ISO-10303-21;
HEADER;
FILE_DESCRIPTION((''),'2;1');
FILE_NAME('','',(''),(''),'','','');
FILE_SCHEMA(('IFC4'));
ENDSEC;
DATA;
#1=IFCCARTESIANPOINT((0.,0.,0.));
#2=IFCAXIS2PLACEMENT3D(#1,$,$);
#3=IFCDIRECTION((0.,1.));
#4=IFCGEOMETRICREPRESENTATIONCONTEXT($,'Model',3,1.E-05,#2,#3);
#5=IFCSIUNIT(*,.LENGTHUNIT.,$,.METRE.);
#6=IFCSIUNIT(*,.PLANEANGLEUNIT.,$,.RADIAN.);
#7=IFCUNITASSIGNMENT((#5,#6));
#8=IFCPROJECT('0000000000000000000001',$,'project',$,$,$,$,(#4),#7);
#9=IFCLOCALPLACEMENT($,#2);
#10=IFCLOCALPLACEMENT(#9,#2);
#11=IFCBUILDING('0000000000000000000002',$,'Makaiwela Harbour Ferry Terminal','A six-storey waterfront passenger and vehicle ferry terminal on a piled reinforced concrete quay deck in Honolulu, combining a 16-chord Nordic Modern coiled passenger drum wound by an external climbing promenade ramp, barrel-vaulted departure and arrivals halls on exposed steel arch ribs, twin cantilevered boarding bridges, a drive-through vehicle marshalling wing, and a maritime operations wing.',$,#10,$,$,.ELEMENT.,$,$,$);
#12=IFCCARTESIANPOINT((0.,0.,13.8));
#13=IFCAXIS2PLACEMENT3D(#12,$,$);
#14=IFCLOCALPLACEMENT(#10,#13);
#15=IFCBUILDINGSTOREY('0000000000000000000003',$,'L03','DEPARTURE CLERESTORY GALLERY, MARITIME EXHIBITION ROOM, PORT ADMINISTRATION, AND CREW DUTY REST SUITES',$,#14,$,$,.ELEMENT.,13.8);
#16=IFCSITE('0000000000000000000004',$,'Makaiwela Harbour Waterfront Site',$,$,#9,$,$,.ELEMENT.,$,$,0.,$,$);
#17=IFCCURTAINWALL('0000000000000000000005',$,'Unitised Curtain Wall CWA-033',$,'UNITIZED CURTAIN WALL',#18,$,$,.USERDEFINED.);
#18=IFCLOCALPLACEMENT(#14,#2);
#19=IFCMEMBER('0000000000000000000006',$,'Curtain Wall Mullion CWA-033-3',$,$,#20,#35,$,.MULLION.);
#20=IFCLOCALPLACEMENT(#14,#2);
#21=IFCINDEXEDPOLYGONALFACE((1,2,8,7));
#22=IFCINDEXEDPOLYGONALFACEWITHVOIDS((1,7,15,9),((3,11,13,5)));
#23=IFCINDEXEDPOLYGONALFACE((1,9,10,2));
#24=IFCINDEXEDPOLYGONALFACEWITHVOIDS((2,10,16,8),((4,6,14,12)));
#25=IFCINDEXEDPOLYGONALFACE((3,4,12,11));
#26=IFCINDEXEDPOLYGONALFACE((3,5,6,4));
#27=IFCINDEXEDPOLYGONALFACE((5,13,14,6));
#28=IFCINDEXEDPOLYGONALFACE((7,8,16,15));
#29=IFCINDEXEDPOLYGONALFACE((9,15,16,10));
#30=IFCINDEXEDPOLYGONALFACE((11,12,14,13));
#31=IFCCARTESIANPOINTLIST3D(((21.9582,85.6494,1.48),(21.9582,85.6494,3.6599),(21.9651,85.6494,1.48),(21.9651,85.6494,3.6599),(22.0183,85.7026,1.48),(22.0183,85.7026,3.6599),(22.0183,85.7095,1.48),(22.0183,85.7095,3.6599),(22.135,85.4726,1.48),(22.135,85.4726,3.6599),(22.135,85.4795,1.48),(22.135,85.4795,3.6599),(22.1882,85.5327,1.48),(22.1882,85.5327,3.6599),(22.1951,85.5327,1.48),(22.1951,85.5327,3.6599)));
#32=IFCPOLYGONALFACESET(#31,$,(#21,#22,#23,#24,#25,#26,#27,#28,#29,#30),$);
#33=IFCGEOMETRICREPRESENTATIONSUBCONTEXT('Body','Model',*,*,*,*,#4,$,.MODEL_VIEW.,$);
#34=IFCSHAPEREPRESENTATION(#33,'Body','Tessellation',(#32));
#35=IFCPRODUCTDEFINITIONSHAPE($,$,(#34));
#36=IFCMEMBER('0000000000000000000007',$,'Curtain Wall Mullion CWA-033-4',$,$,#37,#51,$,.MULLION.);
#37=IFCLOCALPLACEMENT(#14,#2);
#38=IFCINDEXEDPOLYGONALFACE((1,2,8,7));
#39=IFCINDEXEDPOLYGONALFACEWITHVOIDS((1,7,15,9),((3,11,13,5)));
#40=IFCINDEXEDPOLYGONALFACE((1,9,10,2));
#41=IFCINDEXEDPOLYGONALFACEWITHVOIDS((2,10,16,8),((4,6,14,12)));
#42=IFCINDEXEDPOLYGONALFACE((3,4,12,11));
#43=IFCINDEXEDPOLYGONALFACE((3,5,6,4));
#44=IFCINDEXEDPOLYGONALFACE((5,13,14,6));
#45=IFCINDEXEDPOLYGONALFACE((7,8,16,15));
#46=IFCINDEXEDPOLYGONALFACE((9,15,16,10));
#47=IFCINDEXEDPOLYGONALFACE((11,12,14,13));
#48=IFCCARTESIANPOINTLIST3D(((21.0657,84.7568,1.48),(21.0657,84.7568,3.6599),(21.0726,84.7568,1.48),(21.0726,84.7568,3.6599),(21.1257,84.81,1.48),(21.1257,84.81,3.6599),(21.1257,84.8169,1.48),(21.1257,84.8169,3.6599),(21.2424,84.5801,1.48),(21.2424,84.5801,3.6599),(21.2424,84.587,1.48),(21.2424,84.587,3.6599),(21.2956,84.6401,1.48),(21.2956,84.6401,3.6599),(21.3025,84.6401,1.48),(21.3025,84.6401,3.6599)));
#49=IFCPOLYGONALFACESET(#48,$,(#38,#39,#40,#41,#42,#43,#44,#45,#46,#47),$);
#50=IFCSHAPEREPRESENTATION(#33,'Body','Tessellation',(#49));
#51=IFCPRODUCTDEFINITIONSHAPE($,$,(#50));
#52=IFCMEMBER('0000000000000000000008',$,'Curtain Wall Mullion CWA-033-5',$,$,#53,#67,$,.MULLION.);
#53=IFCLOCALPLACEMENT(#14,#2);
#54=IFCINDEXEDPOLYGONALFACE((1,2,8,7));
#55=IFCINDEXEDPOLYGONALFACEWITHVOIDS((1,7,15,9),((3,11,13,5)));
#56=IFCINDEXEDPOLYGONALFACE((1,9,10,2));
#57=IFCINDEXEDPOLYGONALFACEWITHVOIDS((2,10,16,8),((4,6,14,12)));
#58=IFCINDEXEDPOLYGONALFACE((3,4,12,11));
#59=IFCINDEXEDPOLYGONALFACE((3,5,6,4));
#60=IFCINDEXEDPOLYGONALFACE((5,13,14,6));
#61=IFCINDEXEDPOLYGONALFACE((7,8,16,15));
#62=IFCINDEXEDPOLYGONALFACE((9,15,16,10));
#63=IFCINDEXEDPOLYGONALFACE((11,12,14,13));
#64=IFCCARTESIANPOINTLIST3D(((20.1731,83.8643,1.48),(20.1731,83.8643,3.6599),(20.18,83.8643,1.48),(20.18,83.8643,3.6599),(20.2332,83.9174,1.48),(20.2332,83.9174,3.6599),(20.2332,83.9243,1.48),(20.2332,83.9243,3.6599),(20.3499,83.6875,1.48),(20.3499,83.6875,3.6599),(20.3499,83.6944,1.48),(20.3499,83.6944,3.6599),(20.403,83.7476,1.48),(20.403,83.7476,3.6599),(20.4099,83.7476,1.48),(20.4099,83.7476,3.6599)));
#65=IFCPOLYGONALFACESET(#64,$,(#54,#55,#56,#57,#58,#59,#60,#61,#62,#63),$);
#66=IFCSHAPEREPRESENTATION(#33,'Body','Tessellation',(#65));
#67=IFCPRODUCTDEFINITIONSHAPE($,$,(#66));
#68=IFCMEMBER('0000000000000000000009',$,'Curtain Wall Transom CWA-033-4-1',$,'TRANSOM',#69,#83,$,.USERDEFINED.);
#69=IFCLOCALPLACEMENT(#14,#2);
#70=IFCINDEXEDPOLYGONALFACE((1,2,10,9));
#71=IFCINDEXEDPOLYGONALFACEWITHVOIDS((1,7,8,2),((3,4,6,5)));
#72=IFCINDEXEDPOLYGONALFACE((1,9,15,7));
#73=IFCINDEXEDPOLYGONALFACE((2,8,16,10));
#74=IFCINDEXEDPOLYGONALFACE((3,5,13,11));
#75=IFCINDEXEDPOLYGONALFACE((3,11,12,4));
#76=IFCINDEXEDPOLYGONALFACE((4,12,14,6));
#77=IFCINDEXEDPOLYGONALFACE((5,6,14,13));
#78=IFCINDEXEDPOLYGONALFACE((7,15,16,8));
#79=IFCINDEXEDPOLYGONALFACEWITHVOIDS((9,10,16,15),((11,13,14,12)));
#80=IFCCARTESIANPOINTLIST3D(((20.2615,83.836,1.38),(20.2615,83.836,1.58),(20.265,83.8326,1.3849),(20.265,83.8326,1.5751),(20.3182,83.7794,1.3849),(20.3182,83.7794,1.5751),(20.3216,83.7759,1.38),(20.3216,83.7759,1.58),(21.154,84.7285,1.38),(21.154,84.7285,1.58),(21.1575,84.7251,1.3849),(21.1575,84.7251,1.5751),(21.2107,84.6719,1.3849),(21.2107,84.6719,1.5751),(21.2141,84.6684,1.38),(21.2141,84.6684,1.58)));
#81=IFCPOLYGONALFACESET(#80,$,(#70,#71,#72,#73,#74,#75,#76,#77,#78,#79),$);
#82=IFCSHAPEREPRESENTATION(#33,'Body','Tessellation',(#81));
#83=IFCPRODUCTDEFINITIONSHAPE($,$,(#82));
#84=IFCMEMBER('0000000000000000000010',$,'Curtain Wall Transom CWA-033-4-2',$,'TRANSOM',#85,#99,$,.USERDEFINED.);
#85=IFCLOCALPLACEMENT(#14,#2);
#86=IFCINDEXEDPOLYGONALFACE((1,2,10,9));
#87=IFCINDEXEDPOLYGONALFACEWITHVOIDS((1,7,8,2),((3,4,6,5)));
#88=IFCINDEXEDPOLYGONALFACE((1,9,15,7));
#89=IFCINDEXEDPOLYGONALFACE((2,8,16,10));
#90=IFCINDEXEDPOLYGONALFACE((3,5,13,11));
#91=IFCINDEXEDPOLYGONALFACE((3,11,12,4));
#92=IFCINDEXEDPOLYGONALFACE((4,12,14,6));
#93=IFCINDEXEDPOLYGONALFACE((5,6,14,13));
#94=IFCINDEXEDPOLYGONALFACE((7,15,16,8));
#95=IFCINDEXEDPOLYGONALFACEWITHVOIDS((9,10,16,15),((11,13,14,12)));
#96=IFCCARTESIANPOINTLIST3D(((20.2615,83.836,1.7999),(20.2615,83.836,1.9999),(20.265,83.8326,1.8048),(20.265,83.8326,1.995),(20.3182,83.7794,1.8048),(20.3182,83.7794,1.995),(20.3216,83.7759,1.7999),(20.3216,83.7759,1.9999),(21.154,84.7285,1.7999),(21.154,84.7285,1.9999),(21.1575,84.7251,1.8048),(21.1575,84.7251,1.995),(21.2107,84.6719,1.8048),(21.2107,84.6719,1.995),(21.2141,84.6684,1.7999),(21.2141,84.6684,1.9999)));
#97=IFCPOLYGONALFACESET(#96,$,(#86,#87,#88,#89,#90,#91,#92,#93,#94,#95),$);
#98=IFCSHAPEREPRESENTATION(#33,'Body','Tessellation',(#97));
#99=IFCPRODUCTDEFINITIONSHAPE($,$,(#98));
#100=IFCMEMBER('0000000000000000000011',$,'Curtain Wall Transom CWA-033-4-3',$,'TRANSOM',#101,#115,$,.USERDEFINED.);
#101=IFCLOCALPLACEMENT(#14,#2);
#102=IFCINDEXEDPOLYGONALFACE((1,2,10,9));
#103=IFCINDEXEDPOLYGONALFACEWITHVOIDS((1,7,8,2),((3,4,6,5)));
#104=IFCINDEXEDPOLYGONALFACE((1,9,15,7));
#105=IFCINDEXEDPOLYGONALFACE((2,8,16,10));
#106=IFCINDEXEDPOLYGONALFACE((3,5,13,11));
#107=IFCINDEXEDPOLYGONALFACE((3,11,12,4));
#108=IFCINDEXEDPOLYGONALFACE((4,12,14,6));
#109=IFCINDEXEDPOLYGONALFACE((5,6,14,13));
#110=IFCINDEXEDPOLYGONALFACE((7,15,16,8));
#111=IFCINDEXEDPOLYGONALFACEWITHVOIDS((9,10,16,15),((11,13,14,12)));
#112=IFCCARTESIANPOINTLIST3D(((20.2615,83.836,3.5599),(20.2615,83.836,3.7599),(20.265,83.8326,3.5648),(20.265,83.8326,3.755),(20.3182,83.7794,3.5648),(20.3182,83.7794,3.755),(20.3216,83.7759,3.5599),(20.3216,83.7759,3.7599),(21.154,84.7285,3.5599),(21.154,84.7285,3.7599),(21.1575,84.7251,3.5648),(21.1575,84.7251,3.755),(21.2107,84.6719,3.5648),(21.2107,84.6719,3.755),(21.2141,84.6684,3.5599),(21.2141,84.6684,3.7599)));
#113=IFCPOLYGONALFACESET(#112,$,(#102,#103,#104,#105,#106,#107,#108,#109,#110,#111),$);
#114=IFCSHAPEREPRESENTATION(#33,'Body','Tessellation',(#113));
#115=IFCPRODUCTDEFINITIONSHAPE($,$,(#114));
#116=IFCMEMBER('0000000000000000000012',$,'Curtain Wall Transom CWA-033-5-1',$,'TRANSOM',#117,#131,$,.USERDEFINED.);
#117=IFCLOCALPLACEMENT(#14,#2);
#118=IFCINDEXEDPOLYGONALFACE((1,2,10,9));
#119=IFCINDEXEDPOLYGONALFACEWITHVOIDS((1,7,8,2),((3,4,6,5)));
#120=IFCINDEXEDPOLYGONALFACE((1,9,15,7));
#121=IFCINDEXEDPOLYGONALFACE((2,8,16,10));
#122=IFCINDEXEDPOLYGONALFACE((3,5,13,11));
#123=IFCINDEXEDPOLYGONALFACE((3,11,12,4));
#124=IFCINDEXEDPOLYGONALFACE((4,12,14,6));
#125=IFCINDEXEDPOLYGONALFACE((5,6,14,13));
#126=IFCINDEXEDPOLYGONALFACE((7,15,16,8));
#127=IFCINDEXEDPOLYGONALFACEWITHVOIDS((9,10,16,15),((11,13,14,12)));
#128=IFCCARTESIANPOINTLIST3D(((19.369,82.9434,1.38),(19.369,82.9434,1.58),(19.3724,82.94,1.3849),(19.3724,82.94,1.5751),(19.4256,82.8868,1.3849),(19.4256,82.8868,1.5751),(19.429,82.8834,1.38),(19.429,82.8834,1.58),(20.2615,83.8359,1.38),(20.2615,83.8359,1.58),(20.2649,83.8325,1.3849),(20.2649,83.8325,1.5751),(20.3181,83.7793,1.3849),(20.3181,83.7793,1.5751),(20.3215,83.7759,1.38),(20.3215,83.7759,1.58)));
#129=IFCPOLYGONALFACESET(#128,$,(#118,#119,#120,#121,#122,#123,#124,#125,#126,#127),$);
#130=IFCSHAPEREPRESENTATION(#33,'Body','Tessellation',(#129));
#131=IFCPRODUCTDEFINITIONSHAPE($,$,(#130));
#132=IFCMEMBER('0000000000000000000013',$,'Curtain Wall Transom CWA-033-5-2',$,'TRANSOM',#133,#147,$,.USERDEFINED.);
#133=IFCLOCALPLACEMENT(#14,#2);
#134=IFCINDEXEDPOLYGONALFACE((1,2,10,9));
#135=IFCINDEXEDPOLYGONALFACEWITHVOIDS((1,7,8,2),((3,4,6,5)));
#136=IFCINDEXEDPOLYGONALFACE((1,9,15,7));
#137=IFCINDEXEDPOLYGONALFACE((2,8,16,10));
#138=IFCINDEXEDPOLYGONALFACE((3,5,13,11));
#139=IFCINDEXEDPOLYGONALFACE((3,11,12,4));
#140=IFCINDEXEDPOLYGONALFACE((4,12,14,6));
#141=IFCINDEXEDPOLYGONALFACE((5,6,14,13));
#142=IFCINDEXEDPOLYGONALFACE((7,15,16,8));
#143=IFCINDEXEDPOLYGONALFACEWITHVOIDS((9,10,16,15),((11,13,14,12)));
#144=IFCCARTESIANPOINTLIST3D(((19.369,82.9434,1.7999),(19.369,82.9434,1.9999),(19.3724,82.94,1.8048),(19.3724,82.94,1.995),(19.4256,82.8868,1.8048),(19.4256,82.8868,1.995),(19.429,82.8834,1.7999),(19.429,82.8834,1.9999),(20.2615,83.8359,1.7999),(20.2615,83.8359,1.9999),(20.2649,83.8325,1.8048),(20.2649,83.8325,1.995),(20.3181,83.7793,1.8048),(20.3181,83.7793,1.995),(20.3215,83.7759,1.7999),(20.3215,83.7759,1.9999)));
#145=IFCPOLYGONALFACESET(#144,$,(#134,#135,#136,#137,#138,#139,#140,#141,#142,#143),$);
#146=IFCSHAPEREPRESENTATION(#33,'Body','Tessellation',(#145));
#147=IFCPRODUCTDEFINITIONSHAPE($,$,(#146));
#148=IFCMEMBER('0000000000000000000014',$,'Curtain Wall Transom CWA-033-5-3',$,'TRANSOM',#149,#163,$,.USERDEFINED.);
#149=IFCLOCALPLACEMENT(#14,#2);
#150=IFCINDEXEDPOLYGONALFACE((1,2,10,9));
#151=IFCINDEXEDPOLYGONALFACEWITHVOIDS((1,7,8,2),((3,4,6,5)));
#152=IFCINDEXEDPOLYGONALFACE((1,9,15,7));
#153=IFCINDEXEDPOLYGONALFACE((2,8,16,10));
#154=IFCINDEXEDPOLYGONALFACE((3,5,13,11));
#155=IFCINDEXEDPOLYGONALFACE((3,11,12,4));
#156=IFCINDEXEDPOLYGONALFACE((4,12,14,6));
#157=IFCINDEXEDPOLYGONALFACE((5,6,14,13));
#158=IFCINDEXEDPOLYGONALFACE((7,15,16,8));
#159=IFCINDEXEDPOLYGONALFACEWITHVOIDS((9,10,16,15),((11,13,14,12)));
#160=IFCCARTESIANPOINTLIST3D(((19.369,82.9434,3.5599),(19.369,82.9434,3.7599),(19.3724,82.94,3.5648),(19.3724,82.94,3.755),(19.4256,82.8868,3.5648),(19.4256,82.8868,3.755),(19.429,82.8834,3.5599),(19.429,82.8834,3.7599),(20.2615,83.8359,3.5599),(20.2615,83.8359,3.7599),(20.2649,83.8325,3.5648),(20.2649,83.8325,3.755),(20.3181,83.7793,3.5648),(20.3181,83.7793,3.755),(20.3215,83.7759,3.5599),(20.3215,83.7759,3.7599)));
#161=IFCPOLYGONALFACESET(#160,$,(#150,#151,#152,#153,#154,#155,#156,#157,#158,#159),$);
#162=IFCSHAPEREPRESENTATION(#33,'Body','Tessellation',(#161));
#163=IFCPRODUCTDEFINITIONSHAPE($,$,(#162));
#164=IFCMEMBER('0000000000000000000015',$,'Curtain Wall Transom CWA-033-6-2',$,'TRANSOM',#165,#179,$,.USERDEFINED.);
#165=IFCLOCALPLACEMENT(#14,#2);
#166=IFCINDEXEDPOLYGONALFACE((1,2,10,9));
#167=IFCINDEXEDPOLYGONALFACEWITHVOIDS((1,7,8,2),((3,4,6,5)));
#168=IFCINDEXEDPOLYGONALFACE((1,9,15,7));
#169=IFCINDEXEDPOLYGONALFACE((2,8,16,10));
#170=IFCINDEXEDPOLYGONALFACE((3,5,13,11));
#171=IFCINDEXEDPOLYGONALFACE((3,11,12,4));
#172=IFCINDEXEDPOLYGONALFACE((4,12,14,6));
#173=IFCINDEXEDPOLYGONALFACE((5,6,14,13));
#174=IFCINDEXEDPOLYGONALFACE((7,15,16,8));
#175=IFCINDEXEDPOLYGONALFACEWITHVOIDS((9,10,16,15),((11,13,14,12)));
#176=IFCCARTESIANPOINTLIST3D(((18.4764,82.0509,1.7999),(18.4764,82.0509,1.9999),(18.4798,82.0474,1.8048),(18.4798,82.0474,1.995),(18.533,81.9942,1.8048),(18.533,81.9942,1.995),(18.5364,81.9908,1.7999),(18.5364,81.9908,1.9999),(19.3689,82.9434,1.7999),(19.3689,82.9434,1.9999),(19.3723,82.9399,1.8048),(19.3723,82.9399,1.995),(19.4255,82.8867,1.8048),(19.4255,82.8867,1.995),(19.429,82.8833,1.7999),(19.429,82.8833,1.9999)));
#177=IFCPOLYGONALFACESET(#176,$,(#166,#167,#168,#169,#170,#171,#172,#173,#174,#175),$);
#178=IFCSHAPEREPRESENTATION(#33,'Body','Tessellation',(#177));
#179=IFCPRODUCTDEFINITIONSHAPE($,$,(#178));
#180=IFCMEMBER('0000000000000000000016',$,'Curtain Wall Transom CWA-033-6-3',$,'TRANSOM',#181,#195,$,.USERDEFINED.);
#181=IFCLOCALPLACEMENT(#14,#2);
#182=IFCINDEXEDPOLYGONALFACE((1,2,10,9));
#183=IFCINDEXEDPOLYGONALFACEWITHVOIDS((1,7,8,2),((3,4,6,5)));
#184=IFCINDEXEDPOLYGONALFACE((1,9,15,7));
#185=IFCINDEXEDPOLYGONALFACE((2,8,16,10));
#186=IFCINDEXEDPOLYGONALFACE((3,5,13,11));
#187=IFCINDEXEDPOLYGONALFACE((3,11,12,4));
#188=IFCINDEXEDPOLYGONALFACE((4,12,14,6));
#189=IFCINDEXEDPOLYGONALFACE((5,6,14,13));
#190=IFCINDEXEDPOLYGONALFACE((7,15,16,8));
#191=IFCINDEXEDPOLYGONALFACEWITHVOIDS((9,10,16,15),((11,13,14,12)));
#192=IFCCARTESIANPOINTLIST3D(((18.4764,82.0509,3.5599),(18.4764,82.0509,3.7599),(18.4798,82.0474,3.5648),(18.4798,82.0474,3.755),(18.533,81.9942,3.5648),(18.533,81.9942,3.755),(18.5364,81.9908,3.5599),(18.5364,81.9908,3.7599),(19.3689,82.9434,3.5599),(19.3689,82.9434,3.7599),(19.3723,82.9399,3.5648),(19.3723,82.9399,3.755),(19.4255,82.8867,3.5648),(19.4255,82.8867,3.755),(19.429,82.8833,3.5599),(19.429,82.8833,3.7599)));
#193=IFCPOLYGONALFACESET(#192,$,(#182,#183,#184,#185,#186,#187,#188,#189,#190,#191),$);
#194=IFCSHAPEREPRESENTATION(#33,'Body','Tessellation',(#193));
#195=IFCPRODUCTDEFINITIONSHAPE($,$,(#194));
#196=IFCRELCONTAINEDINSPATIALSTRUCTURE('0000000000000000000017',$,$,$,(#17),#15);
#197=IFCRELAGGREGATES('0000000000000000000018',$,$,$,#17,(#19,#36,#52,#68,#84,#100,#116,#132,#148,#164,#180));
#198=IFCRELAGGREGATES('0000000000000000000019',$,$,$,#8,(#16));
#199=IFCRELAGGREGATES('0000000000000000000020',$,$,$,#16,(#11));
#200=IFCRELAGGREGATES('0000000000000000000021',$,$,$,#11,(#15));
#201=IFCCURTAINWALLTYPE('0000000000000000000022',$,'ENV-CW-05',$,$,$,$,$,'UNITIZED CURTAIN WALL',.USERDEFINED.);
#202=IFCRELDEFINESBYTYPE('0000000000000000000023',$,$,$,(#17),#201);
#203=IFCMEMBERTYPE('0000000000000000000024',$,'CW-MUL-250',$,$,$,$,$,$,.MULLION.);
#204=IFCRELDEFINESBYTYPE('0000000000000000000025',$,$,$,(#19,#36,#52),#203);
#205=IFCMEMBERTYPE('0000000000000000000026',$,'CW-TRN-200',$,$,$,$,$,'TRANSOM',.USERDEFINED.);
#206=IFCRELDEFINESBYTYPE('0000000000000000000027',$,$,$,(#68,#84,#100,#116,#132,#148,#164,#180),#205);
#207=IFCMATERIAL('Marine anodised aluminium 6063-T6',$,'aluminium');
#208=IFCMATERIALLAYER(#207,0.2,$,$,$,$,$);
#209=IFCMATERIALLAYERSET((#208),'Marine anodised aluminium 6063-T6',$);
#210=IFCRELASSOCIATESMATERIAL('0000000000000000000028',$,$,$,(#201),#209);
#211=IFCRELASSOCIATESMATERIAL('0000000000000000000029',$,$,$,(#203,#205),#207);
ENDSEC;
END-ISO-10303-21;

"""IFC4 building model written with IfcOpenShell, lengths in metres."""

from ifc_helpers import new_model, si_unit, direction, frame, origin, origin_2d, place, context, subcontext, project, spatial, hollow_rectangle, extrude, material, layer, layer_set, material_profile, profile_set, type_object, element, aggregate, save


model = new_model("IFC4")

# Units and contexts
model_context = context("Model", 3, precision=1e-05, world=origin(), true_north=direction((0.0, 1.0)))
body_context = subcontext(model_context, "Body", "Model", "MODEL_VIEW")
ifc_project = project(units=[si_unit("LENGTHUNIT", "METRE"), si_unit("PLANEANGLEUNIT", "RADIAN")], contexts=[model_context])

# Site, building, storey
site_placement = place(None, origin())
site = spatial("IfcSite", under=ifc_project, at=site_placement, Name="Makaiwela Harbour Waterfront Site", CompositionType="ELEMENT", RefElevation=0.0)
building_placement = place(site_placement, origin())
building = spatial("IfcBuilding", under=site, at=building_placement, Name="Makaiwela Harbour Ferry Terminal", Description="A six-storey waterfront passenger and vehicle ferry terminal on a piled reinforced concrete quay deck in Honolulu, combining a 16-chord Nordic Modern coiled passenger drum wound by an external climbing promenade ramp, barrel-vaulted departure and arrivals halls on exposed steel arch ribs, twin cantilevered boarding bridges, a drive-through vehicle marshalling wing, and a maritime operations wing.", CompositionType="ELEMENT")
storey_placement = place(building_placement, frame((0.0, 0.0, 13.8)))
storey = spatial("IfcBuildingStorey", under=building, at=storey_placement, Name="L03", Description="DEPARTURE CLERESTORY GALLERY, MARITIME EXHIBITION ROOM, PORT ADMINISTRATION, AND CREW DUTY REST SUITES", CompositionType="ELEMENT", Elevation=13.8)

# Curtain wall, members
ifc_material_1 = material(Name="Marine anodised aluminium 6063-T6", Category="aluminium")
ifc_layer_1 = layer(ifc_material_1, 0.2)
ifc_layer_set_1 = layer_set([ifc_layer_1], Name="Marine anodised aluminium 6063-T6")
curtain_wall_type = type_object("IfcCurtainWallType", Name="ENV-CW-05", ElementType="UNITIZED CURTAIN WALL", PredefinedType="USERDEFINED", material=ifc_layer_set_1)
curtain_wall_placement = place(storey_placement, origin())
curtain_wall = element("IfcCurtainWall", 1, at=curtain_wall_placement, inside=storey, type_object=curtain_wall_type, Name="Unitised Curtain Wall CWA-033", ObjectType="UNITIZED CURTAIN WALL", PredefinedType="USERDEFINED")
ifc_material_profile_1 = material_profile(ifc_material_1, hollow_rectangle(XDim=0.085, YDim=0.25, WallThickness=0.0049, at=origin_2d()), Name="CWM-250X85")
ifc_profile_set_1 = profile_set([ifc_material_profile_1], Name="Marine anodised aluminium 6063-T6")
member_type_1 = type_object("IfcMemberType", Name="CW-MUL-250", PredefinedType="MULLION", material=ifc_profile_set_1)
member_1_placement = place(storey_placement, frame((22.0767, 85.5911, 1.48), z_axis=(0.0, 0.0, 1.0), x_axis=(0.707107, 0.707107, 0.0)))
member_1 = element("IfcMember", 2, at=member_1_placement, type_object=member_type_1, Name="Curtain Wall Mullion CWA-033-3", PredefinedType="MULLION", context=body_context, shape_type="SweptSolid", body=[
    extrude(hollow_rectangle(XDim=0.085, YDim=0.25, WallThickness=0.0049, at=origin_2d()), origin(), (0.0, 0.0, 1.0), 2.1799),
])
member_2_placement = place(storey_placement, frame((21.1841, 84.6985, 1.48), z_axis=(0.0, 0.0, 1.0), x_axis=(0.707107, 0.707107, 0.0)))
member_2 = element("IfcMember", 3, at=member_2_placement, type_object=member_type_1, Name="Curtain Wall Mullion CWA-033-4", PredefinedType="MULLION", context=body_context, shape_type="SweptSolid", body=[
    extrude(hollow_rectangle(XDim=0.085, YDim=0.25, WallThickness=0.0049, at=origin_2d()), origin(), (0.0, 0.0, 1.0), 2.1799),
])
member_3_placement = place(storey_placement, frame((20.2915, 83.8059, 1.48), z_axis=(0.0, 0.0, 1.0), x_axis=(0.707107, 0.707107, 0.0)))
member_3 = element("IfcMember", 4, at=member_3_placement, type_object=member_type_1, Name="Curtain Wall Mullion CWA-033-5", PredefinedType="MULLION", context=body_context, shape_type="SweptSolid", body=[
    extrude(hollow_rectangle(XDim=0.085, YDim=0.25, WallThickness=0.0049, at=origin_2d()), origin(), (0.0, 0.0, 1.0), 2.1799),
])
ifc_material_profile_2 = material_profile(ifc_material_1, hollow_rectangle(XDim=0.085, YDim=0.2, WallThickness=0.0049, at=origin_2d()), Name="CWT-200X85")
ifc_profile_set_2 = profile_set([ifc_material_profile_2], Name="Marine anodised aluminium 6063-T6")
member_type_2 = type_object("IfcMemberType", Name="CW-TRN-200", ElementType="TRANSOM", PredefinedType="USERDEFINED", material=ifc_profile_set_2)
member_4_placement = place(storey_placement, frame((21.1841, 84.6985, 1.48), z_axis=(-0.707107, -0.707107, 0.0), x_axis=(0.707107, -0.707107, 0.0)))
member_4 = element("IfcMember", 5, at=member_4_placement, type_object=member_type_2, Name="Curtain Wall Transom CWA-033-4-1", ObjectType="TRANSOM", PredefinedType="USERDEFINED", context=body_context, shape_type="SweptSolid", body=[
    extrude(hollow_rectangle(XDim=0.085, YDim=0.2, WallThickness=0.0049, at=origin_2d()), origin(), (0.0, 0.0, 1.0), 1.2622),
])
member_5_placement = place(storey_placement, frame((21.1841, 84.6985, 1.8999), z_axis=(-0.707107, -0.707107, 0.0), x_axis=(0.707107, -0.707107, 0.0)))
member_5 = element("IfcMember", 6, at=member_5_placement, type_object=member_type_2, Name="Curtain Wall Transom CWA-033-4-2", ObjectType="TRANSOM", PredefinedType="USERDEFINED", context=body_context, shape_type="SweptSolid", body=[
    extrude(hollow_rectangle(XDim=0.085, YDim=0.2, WallThickness=0.0049, at=origin_2d()), origin(), (0.0, 0.0, 1.0), 1.2622),
])
member_6_placement = place(storey_placement, frame((21.1841, 84.6985, 3.6599), z_axis=(-0.707107, -0.707107, 0.0), x_axis=(0.707107, -0.707107, 0.0)))
member_6 = element("IfcMember", 7, at=member_6_placement, type_object=member_type_2, Name="Curtain Wall Transom CWA-033-4-3", ObjectType="TRANSOM", PredefinedType="USERDEFINED", context=body_context, shape_type="SweptSolid", body=[
    extrude(hollow_rectangle(XDim=0.085, YDim=0.2, WallThickness=0.0049, at=origin_2d()), origin(), (0.0, 0.0, 1.0), 1.2622),
])
member_7_placement = place(storey_placement, frame((20.2915, 83.8059, 1.48), z_axis=(-0.707107, -0.707107, 0.0), x_axis=(0.707107, -0.707107, 0.0)))
member_7 = element("IfcMember", 8, at=member_7_placement, type_object=member_type_2, Name="Curtain Wall Transom CWA-033-5-1", ObjectType="TRANSOM", PredefinedType="USERDEFINED", context=body_context, shape_type="SweptSolid", body=[
    extrude(hollow_rectangle(XDim=0.085, YDim=0.2, WallThickness=0.0049, at=origin_2d()), origin(), (0.0, 0.0, 1.0), 1.2622),
])
member_8_placement = place(storey_placement, frame((20.2915, 83.8059, 1.8999), z_axis=(-0.707107, -0.707107, 0.0), x_axis=(0.707107, -0.707107, 0.0)))
member_8 = element("IfcMember", 9, at=member_8_placement, type_object=member_type_2, Name="Curtain Wall Transom CWA-033-5-2", ObjectType="TRANSOM", PredefinedType="USERDEFINED", context=body_context, shape_type="SweptSolid", body=[
    extrude(hollow_rectangle(XDim=0.085, YDim=0.2, WallThickness=0.0049, at=origin_2d()), origin(), (0.0, 0.0, 1.0), 1.2622),
])
member_9_placement = place(storey_placement, frame((20.2915, 83.8059, 3.6599), z_axis=(-0.707107, -0.707107, 0.0), x_axis=(0.707107, -0.707107, 0.0)))
member_9 = element("IfcMember", 10, at=member_9_placement, type_object=member_type_2, Name="Curtain Wall Transom CWA-033-5-3", ObjectType="TRANSOM", PredefinedType="USERDEFINED", context=body_context, shape_type="SweptSolid", body=[
    extrude(hollow_rectangle(XDim=0.085, YDim=0.2, WallThickness=0.0049, at=origin_2d()), origin(), (0.0, 0.0, 1.0), 1.2622),
])
member_10_placement = place(storey_placement, frame((19.3989, 82.9133, 1.8999), z_axis=(-0.707107, -0.707107, 0.0), x_axis=(0.707107, -0.707107, 0.0)))
member_10 = element("IfcMember", 11, at=member_10_placement, type_object=member_type_2, Name="Curtain Wall Transom CWA-033-6-2", ObjectType="TRANSOM", PredefinedType="USERDEFINED", context=body_context, shape_type="SweptSolid", body=[
    extrude(hollow_rectangle(XDim=0.085, YDim=0.2, WallThickness=0.0049, at=origin_2d()), origin(), (0.0, 0.0, 1.0), 1.2622),
])
member_11_placement = place(storey_placement, frame((19.3989, 82.9133, 3.6599), z_axis=(-0.707107, -0.707107, 0.0), x_axis=(0.707107, -0.707107, 0.0)))
member_11 = element("IfcMember", 12, at=member_11_placement, type_object=member_type_2, Name="Curtain Wall Transom CWA-033-6-3", ObjectType="TRANSOM", PredefinedType="USERDEFINED", context=body_context, shape_type="SweptSolid", body=[
    extrude(hollow_rectangle(XDim=0.085, YDim=0.2, WallThickness=0.0049, at=origin_2d()), origin(), (0.0, 0.0, 1.0), 1.2622),
])

aggregate(curtain_wall, [member_1, member_2, member_3, member_4, member_5, member_6, member_7, member_8, member_9, member_10, member_11])

save(model, "model.ifc")
